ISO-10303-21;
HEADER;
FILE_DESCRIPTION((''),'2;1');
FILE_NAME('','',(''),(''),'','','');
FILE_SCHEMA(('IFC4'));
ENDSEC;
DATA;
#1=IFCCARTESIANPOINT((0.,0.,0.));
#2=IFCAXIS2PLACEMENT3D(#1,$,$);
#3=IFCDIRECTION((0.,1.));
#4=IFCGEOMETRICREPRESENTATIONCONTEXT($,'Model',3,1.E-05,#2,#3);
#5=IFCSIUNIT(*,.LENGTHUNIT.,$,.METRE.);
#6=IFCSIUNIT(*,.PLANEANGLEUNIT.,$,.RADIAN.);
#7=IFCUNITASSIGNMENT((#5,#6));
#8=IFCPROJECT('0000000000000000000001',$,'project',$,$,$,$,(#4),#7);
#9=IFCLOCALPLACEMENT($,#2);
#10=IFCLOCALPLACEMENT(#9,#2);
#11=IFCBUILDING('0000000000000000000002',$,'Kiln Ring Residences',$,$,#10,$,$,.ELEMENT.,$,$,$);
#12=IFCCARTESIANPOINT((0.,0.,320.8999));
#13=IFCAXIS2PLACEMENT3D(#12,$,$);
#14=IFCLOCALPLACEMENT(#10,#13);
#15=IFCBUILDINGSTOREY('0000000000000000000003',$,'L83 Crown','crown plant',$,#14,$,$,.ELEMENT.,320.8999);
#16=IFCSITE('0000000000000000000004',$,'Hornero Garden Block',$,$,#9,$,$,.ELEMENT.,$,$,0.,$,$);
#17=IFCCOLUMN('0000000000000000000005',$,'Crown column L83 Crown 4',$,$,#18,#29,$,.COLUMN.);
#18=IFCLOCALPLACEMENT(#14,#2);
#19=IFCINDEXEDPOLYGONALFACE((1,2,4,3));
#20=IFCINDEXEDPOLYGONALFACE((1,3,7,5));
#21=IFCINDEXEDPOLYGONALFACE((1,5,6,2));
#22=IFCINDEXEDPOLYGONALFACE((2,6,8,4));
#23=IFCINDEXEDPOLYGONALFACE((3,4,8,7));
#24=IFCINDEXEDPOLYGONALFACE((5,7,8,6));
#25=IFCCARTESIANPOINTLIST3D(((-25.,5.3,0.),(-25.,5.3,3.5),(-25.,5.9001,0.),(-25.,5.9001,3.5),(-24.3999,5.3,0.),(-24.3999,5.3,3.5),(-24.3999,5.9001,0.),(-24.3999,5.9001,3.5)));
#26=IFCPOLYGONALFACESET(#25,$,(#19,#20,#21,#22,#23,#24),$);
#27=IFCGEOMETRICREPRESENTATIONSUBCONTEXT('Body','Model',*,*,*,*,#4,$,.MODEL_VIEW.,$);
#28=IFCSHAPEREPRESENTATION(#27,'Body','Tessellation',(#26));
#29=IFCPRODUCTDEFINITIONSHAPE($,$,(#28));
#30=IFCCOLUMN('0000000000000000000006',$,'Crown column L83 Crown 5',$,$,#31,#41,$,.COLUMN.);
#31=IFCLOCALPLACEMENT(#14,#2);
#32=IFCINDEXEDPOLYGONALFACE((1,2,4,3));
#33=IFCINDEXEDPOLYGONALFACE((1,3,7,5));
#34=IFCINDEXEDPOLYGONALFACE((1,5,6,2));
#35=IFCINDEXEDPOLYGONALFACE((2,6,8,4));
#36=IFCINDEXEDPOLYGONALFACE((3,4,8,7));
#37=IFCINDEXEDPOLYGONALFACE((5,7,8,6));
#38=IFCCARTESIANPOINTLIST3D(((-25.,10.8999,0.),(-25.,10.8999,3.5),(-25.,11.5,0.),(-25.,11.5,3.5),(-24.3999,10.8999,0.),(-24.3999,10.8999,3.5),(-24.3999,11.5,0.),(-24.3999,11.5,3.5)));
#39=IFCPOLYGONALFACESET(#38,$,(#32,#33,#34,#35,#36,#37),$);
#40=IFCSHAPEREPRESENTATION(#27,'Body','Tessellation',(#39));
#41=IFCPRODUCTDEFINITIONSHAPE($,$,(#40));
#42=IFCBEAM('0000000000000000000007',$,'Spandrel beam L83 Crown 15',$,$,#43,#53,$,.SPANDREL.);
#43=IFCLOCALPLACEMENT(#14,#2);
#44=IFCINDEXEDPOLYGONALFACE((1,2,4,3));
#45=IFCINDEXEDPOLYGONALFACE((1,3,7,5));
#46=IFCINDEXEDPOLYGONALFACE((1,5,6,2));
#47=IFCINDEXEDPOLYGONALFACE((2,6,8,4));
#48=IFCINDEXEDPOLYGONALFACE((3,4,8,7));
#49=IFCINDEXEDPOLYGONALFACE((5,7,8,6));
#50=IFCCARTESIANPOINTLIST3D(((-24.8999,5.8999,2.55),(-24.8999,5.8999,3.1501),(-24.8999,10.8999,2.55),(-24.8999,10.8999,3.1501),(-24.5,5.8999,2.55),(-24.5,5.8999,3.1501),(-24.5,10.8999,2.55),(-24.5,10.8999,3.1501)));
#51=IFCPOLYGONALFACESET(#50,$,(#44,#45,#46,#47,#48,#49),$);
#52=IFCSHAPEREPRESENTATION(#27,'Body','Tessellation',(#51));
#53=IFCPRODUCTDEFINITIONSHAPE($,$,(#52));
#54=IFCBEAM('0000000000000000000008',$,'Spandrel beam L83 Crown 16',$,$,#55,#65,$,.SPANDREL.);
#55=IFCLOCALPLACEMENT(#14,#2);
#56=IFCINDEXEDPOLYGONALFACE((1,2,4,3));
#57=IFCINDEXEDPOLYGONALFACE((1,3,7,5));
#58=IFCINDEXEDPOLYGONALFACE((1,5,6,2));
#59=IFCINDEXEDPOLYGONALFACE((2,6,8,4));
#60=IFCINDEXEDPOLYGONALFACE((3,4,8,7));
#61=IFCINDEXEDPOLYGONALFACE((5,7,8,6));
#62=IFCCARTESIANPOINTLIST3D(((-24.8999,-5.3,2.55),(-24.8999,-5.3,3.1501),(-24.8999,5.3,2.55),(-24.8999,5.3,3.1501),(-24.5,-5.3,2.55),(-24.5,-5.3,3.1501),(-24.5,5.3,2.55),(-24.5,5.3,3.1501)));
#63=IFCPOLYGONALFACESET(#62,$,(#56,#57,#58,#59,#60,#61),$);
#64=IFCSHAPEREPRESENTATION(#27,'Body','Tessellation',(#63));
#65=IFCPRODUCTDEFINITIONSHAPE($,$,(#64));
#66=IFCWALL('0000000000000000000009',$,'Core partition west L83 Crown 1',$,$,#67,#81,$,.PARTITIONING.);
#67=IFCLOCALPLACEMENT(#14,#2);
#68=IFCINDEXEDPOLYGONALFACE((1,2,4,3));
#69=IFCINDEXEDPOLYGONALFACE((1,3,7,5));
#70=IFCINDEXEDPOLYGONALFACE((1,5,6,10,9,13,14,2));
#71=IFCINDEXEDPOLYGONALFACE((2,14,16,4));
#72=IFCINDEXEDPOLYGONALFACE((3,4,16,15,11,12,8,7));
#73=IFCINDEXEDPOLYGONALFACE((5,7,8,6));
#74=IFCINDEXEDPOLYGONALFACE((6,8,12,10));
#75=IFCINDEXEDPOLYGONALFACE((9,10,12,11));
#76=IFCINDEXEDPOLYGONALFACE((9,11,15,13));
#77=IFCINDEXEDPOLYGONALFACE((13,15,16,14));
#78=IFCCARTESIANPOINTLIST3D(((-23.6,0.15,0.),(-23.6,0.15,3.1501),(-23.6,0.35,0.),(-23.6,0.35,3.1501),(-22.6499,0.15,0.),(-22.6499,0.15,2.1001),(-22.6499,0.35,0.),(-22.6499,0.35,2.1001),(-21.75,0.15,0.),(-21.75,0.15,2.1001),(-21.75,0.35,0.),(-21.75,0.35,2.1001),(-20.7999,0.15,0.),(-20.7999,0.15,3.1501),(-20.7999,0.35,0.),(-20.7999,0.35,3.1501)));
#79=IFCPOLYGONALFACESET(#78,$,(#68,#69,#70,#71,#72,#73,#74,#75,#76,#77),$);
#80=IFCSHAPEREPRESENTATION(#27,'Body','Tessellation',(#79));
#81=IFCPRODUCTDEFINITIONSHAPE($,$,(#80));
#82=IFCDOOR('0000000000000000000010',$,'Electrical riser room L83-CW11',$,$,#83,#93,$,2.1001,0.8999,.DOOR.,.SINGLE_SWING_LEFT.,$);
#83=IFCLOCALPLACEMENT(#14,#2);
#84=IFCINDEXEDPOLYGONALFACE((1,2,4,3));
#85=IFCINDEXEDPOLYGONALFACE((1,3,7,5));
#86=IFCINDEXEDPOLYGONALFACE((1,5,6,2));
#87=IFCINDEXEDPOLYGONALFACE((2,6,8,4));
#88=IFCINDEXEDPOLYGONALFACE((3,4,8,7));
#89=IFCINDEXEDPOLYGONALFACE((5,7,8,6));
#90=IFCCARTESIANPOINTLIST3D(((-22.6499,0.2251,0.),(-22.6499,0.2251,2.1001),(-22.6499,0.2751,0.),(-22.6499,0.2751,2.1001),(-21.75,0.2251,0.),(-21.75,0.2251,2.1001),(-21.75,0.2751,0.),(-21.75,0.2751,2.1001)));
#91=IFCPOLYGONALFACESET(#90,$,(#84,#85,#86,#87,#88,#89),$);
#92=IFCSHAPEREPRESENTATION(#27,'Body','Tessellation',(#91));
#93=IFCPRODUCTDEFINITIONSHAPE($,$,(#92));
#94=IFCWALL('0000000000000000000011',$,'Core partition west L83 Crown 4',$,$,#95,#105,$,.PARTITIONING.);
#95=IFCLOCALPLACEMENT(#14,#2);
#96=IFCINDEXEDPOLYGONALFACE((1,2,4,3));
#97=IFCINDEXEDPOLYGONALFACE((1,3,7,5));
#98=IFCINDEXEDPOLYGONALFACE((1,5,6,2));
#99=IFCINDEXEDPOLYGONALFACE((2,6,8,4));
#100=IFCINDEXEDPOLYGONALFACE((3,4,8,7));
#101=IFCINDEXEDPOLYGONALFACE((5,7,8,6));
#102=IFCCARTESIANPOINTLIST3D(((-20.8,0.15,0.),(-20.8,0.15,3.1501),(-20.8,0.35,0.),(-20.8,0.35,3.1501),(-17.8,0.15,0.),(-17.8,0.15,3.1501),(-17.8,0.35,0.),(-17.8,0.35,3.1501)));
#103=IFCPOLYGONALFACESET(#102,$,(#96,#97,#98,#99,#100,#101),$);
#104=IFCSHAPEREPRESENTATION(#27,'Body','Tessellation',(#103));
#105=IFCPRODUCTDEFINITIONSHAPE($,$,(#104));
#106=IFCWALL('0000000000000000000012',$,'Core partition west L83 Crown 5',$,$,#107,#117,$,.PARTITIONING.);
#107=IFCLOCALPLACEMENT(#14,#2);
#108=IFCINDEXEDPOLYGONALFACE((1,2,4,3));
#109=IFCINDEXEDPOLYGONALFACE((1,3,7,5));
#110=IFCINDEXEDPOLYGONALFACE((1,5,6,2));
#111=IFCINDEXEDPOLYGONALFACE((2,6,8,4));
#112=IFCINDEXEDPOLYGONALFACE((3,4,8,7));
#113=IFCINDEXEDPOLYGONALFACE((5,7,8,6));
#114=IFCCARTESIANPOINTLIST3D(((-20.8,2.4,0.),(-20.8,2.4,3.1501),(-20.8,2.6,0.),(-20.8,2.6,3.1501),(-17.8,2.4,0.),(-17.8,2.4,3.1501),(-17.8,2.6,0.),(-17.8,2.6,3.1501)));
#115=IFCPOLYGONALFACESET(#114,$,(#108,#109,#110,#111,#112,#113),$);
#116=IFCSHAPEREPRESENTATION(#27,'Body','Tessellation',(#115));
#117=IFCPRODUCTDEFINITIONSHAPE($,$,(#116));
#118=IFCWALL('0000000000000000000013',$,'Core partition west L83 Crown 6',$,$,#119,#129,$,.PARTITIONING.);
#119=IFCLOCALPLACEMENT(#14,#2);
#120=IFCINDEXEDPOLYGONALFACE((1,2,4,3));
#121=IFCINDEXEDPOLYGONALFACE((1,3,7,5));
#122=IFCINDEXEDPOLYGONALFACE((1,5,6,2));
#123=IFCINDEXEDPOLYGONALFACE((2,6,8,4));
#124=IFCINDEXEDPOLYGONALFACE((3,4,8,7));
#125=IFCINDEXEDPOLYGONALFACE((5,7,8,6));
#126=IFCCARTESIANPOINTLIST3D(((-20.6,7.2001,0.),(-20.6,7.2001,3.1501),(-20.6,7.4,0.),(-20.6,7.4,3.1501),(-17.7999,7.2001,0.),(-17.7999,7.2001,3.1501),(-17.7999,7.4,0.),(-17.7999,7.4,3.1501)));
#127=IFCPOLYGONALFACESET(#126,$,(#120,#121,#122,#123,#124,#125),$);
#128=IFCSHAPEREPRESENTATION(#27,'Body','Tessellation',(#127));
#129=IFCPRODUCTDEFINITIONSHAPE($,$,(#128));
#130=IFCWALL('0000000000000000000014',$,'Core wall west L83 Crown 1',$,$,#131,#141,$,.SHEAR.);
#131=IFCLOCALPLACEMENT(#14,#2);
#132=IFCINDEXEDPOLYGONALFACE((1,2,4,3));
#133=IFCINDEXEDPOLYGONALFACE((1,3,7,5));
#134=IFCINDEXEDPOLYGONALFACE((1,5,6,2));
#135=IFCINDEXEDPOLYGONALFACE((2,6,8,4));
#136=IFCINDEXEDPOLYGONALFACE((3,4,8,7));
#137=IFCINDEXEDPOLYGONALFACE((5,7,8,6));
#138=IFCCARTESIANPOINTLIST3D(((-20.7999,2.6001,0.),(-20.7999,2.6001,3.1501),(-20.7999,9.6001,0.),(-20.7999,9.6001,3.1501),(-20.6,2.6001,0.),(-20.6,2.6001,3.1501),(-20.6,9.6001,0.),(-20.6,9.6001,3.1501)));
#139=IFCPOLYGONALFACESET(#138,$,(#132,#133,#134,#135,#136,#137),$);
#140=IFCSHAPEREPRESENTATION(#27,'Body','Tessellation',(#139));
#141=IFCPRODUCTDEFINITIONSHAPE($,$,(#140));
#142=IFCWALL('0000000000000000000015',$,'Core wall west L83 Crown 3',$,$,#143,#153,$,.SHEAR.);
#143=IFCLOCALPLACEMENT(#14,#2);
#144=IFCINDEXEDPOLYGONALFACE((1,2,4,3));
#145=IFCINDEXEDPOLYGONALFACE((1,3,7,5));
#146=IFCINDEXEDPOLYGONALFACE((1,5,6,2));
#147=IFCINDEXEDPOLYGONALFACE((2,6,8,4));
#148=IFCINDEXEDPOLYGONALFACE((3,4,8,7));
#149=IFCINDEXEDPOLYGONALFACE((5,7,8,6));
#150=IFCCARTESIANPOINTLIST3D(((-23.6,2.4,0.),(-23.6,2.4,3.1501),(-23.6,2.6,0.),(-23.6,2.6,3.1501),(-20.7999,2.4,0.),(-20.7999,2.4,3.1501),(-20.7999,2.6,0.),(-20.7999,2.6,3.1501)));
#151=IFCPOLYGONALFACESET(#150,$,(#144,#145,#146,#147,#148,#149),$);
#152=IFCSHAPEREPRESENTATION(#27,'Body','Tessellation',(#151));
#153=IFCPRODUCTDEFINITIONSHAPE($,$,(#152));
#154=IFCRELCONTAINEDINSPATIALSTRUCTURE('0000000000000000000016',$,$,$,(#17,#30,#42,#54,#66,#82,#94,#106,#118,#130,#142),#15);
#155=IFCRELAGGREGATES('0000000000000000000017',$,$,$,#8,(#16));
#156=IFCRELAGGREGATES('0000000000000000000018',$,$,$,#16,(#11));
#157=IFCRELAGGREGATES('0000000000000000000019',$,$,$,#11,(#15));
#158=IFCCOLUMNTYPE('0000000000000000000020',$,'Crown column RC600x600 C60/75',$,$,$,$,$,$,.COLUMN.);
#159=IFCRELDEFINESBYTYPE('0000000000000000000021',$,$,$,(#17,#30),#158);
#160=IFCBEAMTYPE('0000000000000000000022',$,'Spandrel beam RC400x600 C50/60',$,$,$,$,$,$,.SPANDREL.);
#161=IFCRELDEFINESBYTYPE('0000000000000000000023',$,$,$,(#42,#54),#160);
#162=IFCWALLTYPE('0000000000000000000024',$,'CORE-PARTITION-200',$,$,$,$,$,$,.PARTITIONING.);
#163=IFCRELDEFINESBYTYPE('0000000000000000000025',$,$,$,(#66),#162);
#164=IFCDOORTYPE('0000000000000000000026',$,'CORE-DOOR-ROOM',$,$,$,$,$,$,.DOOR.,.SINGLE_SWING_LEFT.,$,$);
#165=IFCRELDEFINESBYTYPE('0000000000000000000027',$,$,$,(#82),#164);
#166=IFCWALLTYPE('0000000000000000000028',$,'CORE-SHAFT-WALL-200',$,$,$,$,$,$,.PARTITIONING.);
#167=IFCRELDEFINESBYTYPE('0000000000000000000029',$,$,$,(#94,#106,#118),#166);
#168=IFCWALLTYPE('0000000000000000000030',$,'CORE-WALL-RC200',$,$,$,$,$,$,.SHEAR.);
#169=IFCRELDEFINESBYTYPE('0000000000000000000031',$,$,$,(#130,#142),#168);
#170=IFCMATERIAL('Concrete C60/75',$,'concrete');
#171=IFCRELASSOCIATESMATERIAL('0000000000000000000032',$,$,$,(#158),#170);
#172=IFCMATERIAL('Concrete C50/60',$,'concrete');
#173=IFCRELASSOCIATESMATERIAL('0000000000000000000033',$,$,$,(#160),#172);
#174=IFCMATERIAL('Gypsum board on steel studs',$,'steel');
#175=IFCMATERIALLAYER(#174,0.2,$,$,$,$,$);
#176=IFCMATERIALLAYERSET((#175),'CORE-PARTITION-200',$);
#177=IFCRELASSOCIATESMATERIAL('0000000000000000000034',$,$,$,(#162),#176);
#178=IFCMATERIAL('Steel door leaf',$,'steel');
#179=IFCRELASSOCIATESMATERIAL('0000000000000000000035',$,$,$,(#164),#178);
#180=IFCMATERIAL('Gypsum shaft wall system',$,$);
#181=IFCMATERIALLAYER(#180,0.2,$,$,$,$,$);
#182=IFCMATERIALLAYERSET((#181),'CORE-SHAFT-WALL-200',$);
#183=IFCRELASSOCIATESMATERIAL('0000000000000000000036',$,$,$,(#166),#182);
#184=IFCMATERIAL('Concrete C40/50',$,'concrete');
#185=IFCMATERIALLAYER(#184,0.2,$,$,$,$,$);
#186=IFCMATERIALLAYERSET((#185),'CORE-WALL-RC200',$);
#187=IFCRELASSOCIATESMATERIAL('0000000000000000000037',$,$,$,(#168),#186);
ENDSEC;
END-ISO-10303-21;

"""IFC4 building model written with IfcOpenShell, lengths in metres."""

from ifc_helpers import new_model, si_unit, direction, frame, frame_2d, origin, origin_2d, place, context, subcontext, project, spatial, rectangle, extrude, material, layer, layer_set, material_profile, profile_set, type_object, element, fill, save


model = new_model("IFC4")

# Units and contexts
model_context = context("Model", 3, precision=1e-05, world=origin(), true_north=direction((0.0, 1.0)))
body_context = subcontext(model_context, "Body", "Model", "MODEL_VIEW")
ifc_project = project(units=[si_unit("LENGTHUNIT", "METRE"), si_unit("PLANEANGLEUNIT", "RADIAN")], contexts=[model_context])

# Site, building, storey
site_placement = place(None, origin())
site = spatial("IfcSite", under=ifc_project, at=site_placement, Name="Hornero Garden Block", CompositionType="ELEMENT", RefElevation=0.0)
building_placement = place(site_placement, origin())
building = spatial("IfcBuilding", under=site, at=building_placement, Name="Kiln Ring Residences", CompositionType="ELEMENT")
storey_placement = place(building_placement, frame((0.0, 0.0, 320.8999)))
storey = spatial("IfcBuildingStorey", under=building, at=storey_placement, Name="L83 Crown", Description="crown plant", CompositionType="ELEMENT", Elevation=320.8999)

# Columns
ifc_material_1 = material(Name="Concrete C60/75", Category="concrete")
ifc_material_profile_1 = material_profile(ifc_material_1, rectangle(XDim=0.6001, YDim=0.6001, at=origin_2d()), Name="RC600x600")
ifc_profile_set_1 = profile_set([ifc_material_profile_1], Name="Concrete C60/75")
column_type = type_object("IfcColumnType", Name="Crown column RC600x600 C60/75", PredefinedType="COLUMN", material=ifc_profile_set_1)
for number, where, z_axis, x_axis, name in (
    (1, (-24.7, 5.6001, 0.0), (0.0, 0.0, 1.0), (1.0, 0.0, 0.0), "Crown column L83 Crown 4"),
    (2, (-24.7, 11.2, 0.0), (0.0, 0.0, 1.0), (1.0, 0.0, 0.0), "Crown column L83 Crown 5"),
):
    element("IfcColumn", number, at=place(storey_placement, frame(where, z_axis=z_axis, x_axis=x_axis)), inside=storey, type_object=column_type, Name=name, PredefinedType="COLUMN", context=body_context, shape_type="SweptSolid", body=[
        extrude(rectangle(XDim=0.6001, YDim=0.6001, at=origin_2d()), origin(), (0.0, 0.0, 1.0), 3.5),
    ])

# Beams
ifc_material_2 = material(Name="Concrete C50/60", Category="concrete")
ifc_material_profile_2 = material_profile(ifc_material_2, rectangle(XDim=0.3999, YDim=0.6001, at=origin_2d()), Name="RC400x600")
ifc_profile_set_2 = profile_set([ifc_material_profile_2], Name="Concrete C50/60")
beam_type = type_object("IfcBeamType", Name="Spandrel beam RC400x600 C50/60", PredefinedType="SPANDREL", material=ifc_profile_set_2)
beam_1_placement = place(storey_placement, frame((-24.7, 10.8999, 2.8501), z_axis=(0.0, -1.0, 0.0), x_axis=(1.0, 0.0, 0.0)))
element("IfcBeam", 3, at=beam_1_placement, inside=storey, type_object=beam_type, Name="Spandrel beam L83 Crown 15", PredefinedType="SPANDREL", context=body_context, shape_type="SweptSolid", body=[
    extrude(rectangle(XDim=0.3999, YDim=0.6001, at=origin_2d()), origin(), (0.0, 0.0, 1.0), 5.0),
])
beam_2_placement = place(storey_placement, frame((-24.7, 5.3, 2.8501), z_axis=(0.0, -1.0, 0.0), x_axis=(1.0, 0.0, 0.0)))
element("IfcBeam", 4, at=beam_2_placement, inside=storey, type_object=beam_type, Name="Spandrel beam L83 Crown 16", PredefinedType="SPANDREL", context=body_context, shape_type="SweptSolid", body=[
    extrude(rectangle(XDim=0.3999, YDim=0.6001, at=origin_2d()), origin(), (0.0, 0.0, 1.0), 10.6001),
])

# Wall, opening, door
ifc_material_3 = material(Name="Gypsum board on steel studs", Category="steel")
ifc_layer_1 = layer(ifc_material_3, 0.2)
ifc_layer_set_1 = layer_set([ifc_layer_1], Name="CORE-PARTITION-200")
wall_type_1 = type_object("IfcWallType", Name="CORE-PARTITION-200", PredefinedType="PARTITIONING", material=ifc_layer_set_1)
wall_1_placement = place(storey_placement, frame((-20.8, 0.25, 0.0), z_axis=(0.0, 0.0, 1.0), x_axis=(-1.0, 0.0, 0.0)))
wall_1 = element("IfcWall", 5, at=wall_1_placement, inside=storey, type_object=wall_type_1, Name="Core partition west L83 Crown 1", PredefinedType="PARTITIONING", context=body_context, shape_type="SweptSolid", body=[
    extrude(rectangle(XDim=2.8, YDim=0.2, at=frame_2d((1.3999, 0.0))), origin(), (0.0, 0.0, 1.0), 3.1501),
])
opening_1_placement = place(wall_1_placement, frame((0.95, 0.0, 0.0)))
opening_1 = element("IfcOpeningElement", 6, at=opening_1_placement, cuts=wall_1, PredefinedType="OPENING", context=body_context, shape_type="SweptSolid", body=[
    extrude(rectangle(XDim=0.8999, YDim=2.1001, at=frame_2d((0.45, 1.05))), frame((0.0, 0.1099, 0.0), z_axis=(0.0, -1.0, 0.0), x_axis=(1.0, 0.0, 0.0)), (0.0, 0.0, 1.0), 0.22),
])
ifc_material_4 = material(Name="Steel door leaf", Category="steel")
door_type_1 = type_object("IfcDoorType", Name="CORE-DOOR-ROOM", OperationType="SINGLE_SWING_LEFT", PredefinedType="DOOR", material=ifc_material_4)
door_1_placement = place(opening_1_placement, origin())
door_1 = element("IfcDoor", 7, at=door_1_placement, inside=storey, type_object=door_type_1, Name="Electrical riser room L83-CW11", OperationType="SINGLE_SWING_LEFT", OverallHeight=2.1001, OverallWidth=0.8999, PredefinedType="DOOR", context=body_context, shape_type="SweptSolid", body=[
    extrude(rectangle(XDim=0.8999, YDim=2.1001, at=frame_2d((0.45, 1.05))), frame((0.0, 0.0249, 0.0), z_axis=(0.0, -1.0, 0.0), x_axis=(1.0, 0.0, 0.0)), (0.0, 0.0, 1.0), 0.05),
])
fill(opening_1, door_1)

# Walls
ifc_material_5 = material(Name="Gypsum shaft wall system")
ifc_layer_2 = layer(ifc_material_5, 0.2)
ifc_layer_set_2 = layer_set([ifc_layer_2], Name="CORE-SHAFT-WALL-200")
wall_type_2 = type_object("IfcWallType", Name="CORE-SHAFT-WALL-200", PredefinedType="PARTITIONING", material=ifc_layer_set_2)
for number, where, z_axis, x_axis, name in (
    (8, (-17.8, 0.25, 0.0), (0.0, 0.0, 1.0), (-1.0, 0.0, 0.0), "Core partition west L83 Crown 4"),
    (9, (-17.8, 2.5, 0.0), (0.0, 0.0, 1.0), (-1.0, 0.0, 0.0), "Core partition west L83 Crown 5"),
):
    element("IfcWall", number, at=place(storey_placement, frame(where, z_axis=z_axis, x_axis=x_axis)), inside=storey, type_object=wall_type_2, Name=name, PredefinedType="PARTITIONING", context=body_context, shape_type="SweptSolid", body=[
        extrude(rectangle(XDim=3.0, YDim=0.2, at=frame_2d((1.5, 0.0))), origin(), (0.0, 0.0, 1.0), 3.1501),
    ])
wall_2_placement = place(storey_placement, frame((-17.8, 7.3, 0.0), z_axis=(0.0, 0.0, 1.0), x_axis=(-1.0, 0.0, 0.0)))
element("IfcWall", 10, at=wall_2_placement, inside=storey, type_object=wall_type_2, Name="Core partition west L83 Crown 6", PredefinedType="PARTITIONING", context=body_context, shape_type="SweptSolid", body=[
    extrude(rectangle(XDim=2.8, YDim=0.2, at=frame_2d((1.3999, 0.0))), origin(), (0.0, 0.0, 1.0), 3.1501),
])
ifc_material_6 = material(Name="Concrete C40/50", Category="concrete")
ifc_layer_3 = layer(ifc_material_6, 0.2)
ifc_layer_set_3 = layer_set([ifc_layer_3], Name="CORE-WALL-RC200")
wall_type_3 = type_object("IfcWallType", Name="CORE-WALL-RC200", PredefinedType="SHEAR", material=ifc_layer_set_3)
wall_3_placement = place(storey_placement, frame((-20.7, 2.6001, 0.0), z_axis=(0.0, 0.0, 1.0), x_axis=(0.0, 1.0, 0.0)))
element("IfcWall", 11, at=wall_3_placement, inside=storey, type_object=wall_type_3, Name="Core wall west L83 Crown 1", PredefinedType="SHEAR", context=body_context, shape_type="SweptSolid", body=[
    extrude(rectangle(XDim=7.0, YDim=0.2, at=frame_2d((3.5, 0.0))), origin(), (0.0, 0.0, 1.0), 3.1501),
])
wall_4_placement = place(storey_placement, frame((-20.8, 2.5, 0.0), z_axis=(0.0, 0.0, 1.0), x_axis=(-1.0, 0.0, 0.0)))
element("IfcWall", 12, at=wall_4_placement, inside=storey, type_object=wall_type_3, Name="Core wall west L83 Crown 3", PredefinedType="SHEAR", context=body_context, shape_type="SweptSolid", body=[
    extrude(rectangle(XDim=2.8, YDim=0.2, at=frame_2d((1.3999, 0.0))), origin(), (0.0, 0.0, 1.0), 3.1501),
])

save(model, "model.ifc")
